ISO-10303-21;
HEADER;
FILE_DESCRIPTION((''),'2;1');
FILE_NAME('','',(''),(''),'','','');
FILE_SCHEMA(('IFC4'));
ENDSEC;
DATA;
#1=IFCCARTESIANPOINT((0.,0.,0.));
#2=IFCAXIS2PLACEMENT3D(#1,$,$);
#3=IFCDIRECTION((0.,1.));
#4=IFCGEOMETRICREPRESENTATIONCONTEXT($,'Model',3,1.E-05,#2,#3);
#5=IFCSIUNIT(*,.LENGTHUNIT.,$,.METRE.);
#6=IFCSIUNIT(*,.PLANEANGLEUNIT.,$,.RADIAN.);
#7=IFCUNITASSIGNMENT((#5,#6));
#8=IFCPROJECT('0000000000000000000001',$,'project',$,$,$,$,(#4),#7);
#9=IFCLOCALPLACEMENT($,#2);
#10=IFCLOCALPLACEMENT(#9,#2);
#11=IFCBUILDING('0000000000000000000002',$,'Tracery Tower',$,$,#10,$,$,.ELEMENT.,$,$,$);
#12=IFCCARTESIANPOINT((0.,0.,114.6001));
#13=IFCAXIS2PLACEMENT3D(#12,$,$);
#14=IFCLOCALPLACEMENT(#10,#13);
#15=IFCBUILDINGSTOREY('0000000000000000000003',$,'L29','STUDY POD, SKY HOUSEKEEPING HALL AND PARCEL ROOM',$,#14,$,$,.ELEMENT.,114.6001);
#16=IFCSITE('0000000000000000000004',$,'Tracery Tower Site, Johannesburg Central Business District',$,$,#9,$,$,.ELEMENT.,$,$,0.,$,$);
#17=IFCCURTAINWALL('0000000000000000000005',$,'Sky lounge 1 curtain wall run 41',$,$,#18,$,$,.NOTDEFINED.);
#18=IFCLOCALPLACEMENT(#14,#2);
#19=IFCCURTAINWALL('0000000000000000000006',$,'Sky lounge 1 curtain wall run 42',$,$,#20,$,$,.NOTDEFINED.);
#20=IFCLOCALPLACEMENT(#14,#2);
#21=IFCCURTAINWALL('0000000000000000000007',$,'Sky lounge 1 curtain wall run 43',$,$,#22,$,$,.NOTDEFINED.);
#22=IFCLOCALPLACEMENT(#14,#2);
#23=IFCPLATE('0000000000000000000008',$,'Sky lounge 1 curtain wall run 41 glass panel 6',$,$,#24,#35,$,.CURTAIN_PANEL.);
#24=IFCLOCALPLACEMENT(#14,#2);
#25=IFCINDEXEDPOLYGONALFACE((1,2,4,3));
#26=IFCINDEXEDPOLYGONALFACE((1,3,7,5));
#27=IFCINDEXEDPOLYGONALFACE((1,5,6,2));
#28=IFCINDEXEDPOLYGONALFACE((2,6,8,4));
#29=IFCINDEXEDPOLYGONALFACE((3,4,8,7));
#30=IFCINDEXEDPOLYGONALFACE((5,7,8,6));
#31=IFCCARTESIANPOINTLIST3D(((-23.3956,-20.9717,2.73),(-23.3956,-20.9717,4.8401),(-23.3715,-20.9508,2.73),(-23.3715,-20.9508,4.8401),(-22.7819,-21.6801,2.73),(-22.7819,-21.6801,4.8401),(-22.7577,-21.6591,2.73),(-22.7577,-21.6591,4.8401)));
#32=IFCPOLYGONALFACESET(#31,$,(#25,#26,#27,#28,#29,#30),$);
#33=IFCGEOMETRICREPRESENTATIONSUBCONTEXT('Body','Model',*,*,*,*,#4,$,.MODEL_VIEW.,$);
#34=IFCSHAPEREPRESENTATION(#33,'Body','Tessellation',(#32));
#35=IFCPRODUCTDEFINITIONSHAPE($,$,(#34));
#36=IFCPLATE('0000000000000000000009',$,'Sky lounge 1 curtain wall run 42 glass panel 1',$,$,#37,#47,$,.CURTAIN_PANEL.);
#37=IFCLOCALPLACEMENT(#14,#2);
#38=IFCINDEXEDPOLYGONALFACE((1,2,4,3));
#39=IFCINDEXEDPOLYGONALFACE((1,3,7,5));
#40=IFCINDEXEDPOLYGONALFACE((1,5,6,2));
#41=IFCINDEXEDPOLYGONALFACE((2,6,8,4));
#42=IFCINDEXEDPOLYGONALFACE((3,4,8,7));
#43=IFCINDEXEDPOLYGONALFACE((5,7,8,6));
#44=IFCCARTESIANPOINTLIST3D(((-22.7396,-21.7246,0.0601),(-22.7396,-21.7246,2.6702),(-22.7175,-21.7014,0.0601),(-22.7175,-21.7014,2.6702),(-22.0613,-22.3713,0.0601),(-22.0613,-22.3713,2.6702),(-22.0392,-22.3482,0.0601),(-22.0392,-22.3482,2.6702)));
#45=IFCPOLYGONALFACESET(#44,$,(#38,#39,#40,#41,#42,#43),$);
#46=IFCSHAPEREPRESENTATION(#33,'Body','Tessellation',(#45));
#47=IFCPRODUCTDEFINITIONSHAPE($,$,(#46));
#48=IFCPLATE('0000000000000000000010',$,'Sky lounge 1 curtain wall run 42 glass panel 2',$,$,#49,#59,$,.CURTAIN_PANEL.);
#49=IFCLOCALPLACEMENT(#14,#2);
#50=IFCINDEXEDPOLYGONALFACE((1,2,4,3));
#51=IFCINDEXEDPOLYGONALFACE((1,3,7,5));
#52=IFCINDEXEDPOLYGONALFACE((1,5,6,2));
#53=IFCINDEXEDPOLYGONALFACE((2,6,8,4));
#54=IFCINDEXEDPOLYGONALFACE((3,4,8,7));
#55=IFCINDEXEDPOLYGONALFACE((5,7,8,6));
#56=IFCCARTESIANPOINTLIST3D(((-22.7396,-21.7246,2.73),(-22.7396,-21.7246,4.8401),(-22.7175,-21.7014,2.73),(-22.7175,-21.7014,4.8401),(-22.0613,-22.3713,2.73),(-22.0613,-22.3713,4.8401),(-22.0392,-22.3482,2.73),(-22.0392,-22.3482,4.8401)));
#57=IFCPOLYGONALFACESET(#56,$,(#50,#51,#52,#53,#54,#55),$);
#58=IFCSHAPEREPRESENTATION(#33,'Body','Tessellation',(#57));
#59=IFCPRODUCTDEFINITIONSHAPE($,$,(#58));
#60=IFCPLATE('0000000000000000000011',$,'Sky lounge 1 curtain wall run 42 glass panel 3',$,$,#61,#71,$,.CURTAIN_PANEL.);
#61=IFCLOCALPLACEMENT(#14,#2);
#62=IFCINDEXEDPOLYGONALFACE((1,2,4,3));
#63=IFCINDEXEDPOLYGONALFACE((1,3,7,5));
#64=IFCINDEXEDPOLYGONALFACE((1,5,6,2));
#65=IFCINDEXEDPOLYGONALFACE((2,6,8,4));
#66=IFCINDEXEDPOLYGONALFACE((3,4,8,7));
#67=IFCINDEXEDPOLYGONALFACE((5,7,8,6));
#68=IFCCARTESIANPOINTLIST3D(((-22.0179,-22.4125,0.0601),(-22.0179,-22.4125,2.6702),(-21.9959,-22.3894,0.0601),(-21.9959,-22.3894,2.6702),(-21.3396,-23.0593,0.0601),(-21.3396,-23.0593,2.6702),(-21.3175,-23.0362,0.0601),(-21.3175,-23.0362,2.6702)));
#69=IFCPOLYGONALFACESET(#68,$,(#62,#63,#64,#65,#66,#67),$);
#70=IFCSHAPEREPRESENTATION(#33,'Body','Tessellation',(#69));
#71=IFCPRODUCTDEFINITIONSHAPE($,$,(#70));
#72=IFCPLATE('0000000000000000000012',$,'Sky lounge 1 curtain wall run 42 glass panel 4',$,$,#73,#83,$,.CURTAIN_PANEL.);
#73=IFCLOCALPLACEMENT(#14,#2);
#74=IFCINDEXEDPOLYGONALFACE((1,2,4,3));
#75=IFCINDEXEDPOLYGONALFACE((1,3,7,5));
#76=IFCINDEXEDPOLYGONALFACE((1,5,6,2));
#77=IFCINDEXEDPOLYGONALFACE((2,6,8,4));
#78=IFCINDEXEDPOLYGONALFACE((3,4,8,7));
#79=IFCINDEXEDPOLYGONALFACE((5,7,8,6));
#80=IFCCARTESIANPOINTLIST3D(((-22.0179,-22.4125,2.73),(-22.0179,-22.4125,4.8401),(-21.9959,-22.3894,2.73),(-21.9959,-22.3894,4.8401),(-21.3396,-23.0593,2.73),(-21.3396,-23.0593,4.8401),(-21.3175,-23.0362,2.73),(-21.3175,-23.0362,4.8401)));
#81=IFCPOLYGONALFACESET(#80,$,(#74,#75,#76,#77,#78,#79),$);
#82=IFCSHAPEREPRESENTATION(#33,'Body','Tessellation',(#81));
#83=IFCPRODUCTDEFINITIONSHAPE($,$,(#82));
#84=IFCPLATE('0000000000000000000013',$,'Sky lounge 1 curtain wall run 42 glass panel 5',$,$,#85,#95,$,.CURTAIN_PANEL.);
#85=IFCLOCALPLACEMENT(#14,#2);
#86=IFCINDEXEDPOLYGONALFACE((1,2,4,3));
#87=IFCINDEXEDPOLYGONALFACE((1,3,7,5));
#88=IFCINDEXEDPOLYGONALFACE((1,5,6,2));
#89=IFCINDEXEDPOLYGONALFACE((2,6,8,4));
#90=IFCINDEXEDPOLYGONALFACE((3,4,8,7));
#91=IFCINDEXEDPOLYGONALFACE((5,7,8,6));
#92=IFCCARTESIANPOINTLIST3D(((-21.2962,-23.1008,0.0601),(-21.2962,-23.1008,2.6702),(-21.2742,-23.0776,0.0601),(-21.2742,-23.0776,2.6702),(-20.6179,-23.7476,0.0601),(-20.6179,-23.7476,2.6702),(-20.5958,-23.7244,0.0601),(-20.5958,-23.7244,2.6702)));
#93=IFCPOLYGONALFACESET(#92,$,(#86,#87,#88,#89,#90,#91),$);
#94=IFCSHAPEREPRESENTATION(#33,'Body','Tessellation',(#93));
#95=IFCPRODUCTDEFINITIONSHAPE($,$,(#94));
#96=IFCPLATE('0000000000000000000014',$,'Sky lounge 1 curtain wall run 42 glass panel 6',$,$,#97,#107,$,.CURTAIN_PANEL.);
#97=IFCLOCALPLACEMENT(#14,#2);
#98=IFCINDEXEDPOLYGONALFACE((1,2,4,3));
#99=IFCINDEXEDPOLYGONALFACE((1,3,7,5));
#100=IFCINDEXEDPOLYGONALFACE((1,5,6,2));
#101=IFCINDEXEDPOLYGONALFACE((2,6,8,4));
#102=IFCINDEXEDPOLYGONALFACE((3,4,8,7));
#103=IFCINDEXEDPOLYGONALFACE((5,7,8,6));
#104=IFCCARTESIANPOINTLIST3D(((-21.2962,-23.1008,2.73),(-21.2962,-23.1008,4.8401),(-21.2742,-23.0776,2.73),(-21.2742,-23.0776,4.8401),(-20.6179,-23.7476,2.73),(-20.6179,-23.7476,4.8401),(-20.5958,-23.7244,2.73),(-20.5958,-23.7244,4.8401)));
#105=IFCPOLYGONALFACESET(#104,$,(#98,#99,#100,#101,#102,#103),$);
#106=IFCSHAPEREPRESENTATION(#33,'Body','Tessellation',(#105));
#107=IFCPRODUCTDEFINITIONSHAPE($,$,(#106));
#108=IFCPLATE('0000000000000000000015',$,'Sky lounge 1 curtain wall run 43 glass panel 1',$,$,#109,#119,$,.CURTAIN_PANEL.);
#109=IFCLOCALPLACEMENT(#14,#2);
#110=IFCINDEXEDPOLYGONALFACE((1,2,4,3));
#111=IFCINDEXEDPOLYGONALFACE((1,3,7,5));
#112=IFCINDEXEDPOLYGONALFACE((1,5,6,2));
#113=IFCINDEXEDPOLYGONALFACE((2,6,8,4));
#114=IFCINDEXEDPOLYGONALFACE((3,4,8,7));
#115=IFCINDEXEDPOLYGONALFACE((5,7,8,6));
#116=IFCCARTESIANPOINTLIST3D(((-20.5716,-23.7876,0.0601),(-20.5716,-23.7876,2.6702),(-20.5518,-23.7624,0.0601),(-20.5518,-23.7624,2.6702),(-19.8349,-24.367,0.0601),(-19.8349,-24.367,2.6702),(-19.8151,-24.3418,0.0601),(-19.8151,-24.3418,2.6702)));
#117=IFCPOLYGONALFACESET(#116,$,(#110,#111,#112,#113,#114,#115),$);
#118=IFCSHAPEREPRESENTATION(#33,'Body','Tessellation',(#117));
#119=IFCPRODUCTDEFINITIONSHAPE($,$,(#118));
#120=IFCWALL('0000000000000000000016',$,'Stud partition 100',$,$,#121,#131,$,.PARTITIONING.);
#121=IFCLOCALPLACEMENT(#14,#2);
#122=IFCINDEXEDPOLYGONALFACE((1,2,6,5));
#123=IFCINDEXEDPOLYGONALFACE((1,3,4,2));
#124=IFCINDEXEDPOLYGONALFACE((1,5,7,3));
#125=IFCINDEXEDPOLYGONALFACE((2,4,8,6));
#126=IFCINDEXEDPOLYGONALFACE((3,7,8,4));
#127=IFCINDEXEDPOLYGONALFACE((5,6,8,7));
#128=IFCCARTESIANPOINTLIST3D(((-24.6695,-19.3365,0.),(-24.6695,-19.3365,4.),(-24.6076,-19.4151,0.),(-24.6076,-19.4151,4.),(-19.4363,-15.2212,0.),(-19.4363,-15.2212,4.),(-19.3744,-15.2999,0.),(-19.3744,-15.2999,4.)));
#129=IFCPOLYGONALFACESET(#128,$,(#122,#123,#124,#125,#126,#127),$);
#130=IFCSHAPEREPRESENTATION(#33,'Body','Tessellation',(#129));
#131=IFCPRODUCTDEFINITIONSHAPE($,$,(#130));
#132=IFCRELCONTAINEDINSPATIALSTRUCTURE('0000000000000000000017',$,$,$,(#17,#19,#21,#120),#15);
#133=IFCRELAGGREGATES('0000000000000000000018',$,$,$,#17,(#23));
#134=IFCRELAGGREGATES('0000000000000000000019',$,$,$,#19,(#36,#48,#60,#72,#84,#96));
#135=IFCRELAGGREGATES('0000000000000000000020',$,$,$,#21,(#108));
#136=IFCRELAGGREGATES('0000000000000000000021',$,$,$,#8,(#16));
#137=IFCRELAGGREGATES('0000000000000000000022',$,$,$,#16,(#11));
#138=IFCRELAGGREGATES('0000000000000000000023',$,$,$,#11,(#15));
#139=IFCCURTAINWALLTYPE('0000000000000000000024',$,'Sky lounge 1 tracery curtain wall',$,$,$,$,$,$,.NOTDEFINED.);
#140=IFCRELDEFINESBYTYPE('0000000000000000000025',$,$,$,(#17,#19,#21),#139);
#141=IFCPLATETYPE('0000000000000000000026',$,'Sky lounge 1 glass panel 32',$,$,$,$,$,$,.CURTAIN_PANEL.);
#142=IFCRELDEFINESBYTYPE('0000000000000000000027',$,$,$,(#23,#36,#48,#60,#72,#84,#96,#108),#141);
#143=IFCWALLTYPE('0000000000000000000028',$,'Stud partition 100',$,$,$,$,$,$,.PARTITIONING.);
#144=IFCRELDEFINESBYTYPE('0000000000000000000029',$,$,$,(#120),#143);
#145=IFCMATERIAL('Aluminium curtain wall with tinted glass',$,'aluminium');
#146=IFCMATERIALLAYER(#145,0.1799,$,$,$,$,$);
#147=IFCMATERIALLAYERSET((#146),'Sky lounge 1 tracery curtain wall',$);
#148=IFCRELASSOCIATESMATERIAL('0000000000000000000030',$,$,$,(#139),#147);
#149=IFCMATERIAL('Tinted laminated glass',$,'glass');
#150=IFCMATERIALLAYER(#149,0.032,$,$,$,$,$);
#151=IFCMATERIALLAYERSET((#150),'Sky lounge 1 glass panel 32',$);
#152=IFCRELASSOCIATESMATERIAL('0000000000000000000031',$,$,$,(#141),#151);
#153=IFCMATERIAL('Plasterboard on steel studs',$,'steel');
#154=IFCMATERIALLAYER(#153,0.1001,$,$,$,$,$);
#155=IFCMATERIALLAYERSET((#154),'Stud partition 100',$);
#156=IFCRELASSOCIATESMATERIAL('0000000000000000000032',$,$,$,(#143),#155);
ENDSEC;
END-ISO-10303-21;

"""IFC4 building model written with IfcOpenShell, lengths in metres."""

from ifc_helpers import new_model, si_unit, direction, frame, frame_2d, origin, origin_2d, place, context, subcontext, project, spatial, rectangle, extrude, material, layer, layer_set, type_object, element, aggregate, save


model = new_model("IFC4")

# Units and contexts
model_context = context("Model", 3, precision=1e-05, world=origin(), true_north=direction((0.0, 1.0)))
body_context = subcontext(model_context, "Body", "Model", "MODEL_VIEW")
ifc_project = project(units=[si_unit("LENGTHUNIT", "METRE"), si_unit("PLANEANGLEUNIT", "RADIAN")], contexts=[model_context])

# Site, building, storey
site_placement = place(None, origin())
site = spatial("IfcSite", under=ifc_project, at=site_placement, Name="Tracery Tower Site, Johannesburg Central Business District", CompositionType="ELEMENT", RefElevation=0.0)
building_placement = place(site_placement, origin())
building = spatial("IfcBuilding", under=site, at=building_placement, Name="Tracery Tower", CompositionType="ELEMENT")
storey_placement = place(building_placement, frame((0.0, 0.0, 114.6001)))
storey = spatial("IfcBuildingStorey", under=building, at=storey_placement, Name="L29", Description="STUDY POD, SKY HOUSEKEEPING HALL AND PARCEL ROOM", CompositionType="ELEMENT", Elevation=114.6001)

# Curtain walls
ifc_material_1 = material(Name="Aluminium curtain wall with tinted glass", Category="aluminium")
ifc_layer_1 = layer(ifc_material_1, 0.1799)
ifc_layer_set_1 = layer_set([ifc_layer_1], Name="Sky lounge 1 tracery curtain wall")
curtain_wall_type = type_object("IfcCurtainWallType", Name="Sky lounge 1 tracery curtain wall", PredefinedType="NOTDEFINED", material=ifc_layer_set_1)
curtain_wall_1_placement = place(storey_placement, origin())
curtain_wall_1 = element("IfcCurtainWall", 1, at=curtain_wall_1_placement, inside=storey, type_object=curtain_wall_type, Name="Sky lounge 1 curtain wall run 41", PredefinedType="NOTDEFINED")
curtain_wall_2_placement = place(storey_placement, origin())
curtain_wall_2 = element("IfcCurtainWall", 2, at=curtain_wall_2_placement, inside=storey, type_object=curtain_wall_type, Name="Sky lounge 1 curtain wall run 42", PredefinedType="NOTDEFINED")

# Curtain wall
curtain_wall_3_placement = place(storey_placement, origin())
curtain_wall_3 = element("IfcCurtainWall", 3, at=curtain_wall_3_placement, inside=storey, type_object=curtain_wall_type, Name="Sky lounge 1 curtain wall run 43", PredefinedType="NOTDEFINED")

# Shared definitions
ifc_material_2 = material(Name="Tinted laminated glass", Category="glass")
ifc_layer_2 = layer(ifc_material_2, 0.032)
ifc_layer_set_2 = layer_set([ifc_layer_2], Name="Sky lounge 1 glass panel 32")
plate_type = type_object("IfcPlateType", Name="Sky lounge 1 glass panel 32", PredefinedType="CURTAIN_PANEL", material=ifc_layer_set_2)

# Plates
plate_1_placement = place(storey_placement, frame((-23.0767, -21.3154, 2.73), z_axis=(0.0, 0.0, 1.0), x_axis=(0.654861, -0.75575, 0.0)))
plate_1 = element("IfcPlate", 4, at=plate_1_placement, type_object=plate_type, Name="Sky lounge 1 curtain wall run 41 glass panel 6", PredefinedType="CURTAIN_PANEL", context=body_context, shape_type="SweptSolid", body=[
    extrude(rectangle(XDim=0.9373, YDim=0.032, at=origin_2d()), origin(), (0.0, 0.0, 1.0), 2.1101),
])
aggregate(curtain_wall_1, [plate_1])
plate_2_placement = place(storey_placement, frame((-22.3894, -22.0364, 0.0601), z_axis=(0.0, 0.0, 1.0), x_axis=(0.723734, -0.690079, 0.0)))
plate_2 = element("IfcPlate", 5, at=plate_2_placement, type_object=plate_type, Name="Sky lounge 1 curtain wall run 42 glass panel 1", PredefinedType="CURTAIN_PANEL", context=body_context, shape_type="SweptSolid", body=[
    extrude(rectangle(XDim=0.9373, YDim=0.032, at=origin_2d()), origin(), (0.0, 0.0, 1.0), 2.6101),
])
plate_3_placement = place(storey_placement, frame((-22.3894, -22.0364, 2.73), z_axis=(0.0, 0.0, 1.0), x_axis=(0.723734, -0.690079, 0.0)))
plate_3 = element("IfcPlate", 6, at=plate_3_placement, type_object=plate_type, Name="Sky lounge 1 curtain wall run 42 glass panel 2", PredefinedType="CURTAIN_PANEL", context=body_context, shape_type="SweptSolid", body=[
    extrude(rectangle(XDim=0.9373, YDim=0.032, at=origin_2d()), origin(), (0.0, 0.0, 1.0), 2.1101),
])
plate_4_placement = place(storey_placement, frame((-21.6677, -22.7244, 0.0601), z_axis=(0.0, 0.0, 1.0), x_axis=(0.723734, -0.690079, 0.0)))
plate_4 = element("IfcPlate", 7, at=plate_4_placement, type_object=plate_type, Name="Sky lounge 1 curtain wall run 42 glass panel 3", PredefinedType="CURTAIN_PANEL", context=body_context, shape_type="SweptSolid", body=[
    extrude(rectangle(XDim=0.9373, YDim=0.032, at=origin_2d()), origin(), (0.0, 0.0, 1.0), 2.6101),
])
plate_5_placement = place(storey_placement, frame((-21.6677, -22.7244, 2.73), z_axis=(0.0, 0.0, 1.0), x_axis=(0.723734, -0.690079, 0.0)))
plate_5 = element("IfcPlate", 8, at=plate_5_placement, type_object=plate_type, Name="Sky lounge 1 curtain wall run 42 glass panel 4", PredefinedType="CURTAIN_PANEL", context=body_context, shape_type="SweptSolid", body=[
    extrude(rectangle(XDim=0.9373, YDim=0.032, at=origin_2d()), origin(), (0.0, 0.0, 1.0), 2.1101),
])
plate_6_placement = place(storey_placement, frame((-20.946, -23.4126, 0.0601), z_axis=(0.0, 0.0, 1.0), x_axis=(0.723734, -0.690079, 0.0)))
plate_6 = element("IfcPlate", 9, at=plate_6_placement, type_object=plate_type, Name="Sky lounge 1 curtain wall run 42 glass panel 5", PredefinedType="CURTAIN_PANEL", context=body_context, shape_type="SweptSolid", body=[
    extrude(rectangle(XDim=0.9373, YDim=0.032, at=origin_2d()), origin(), (0.0, 0.0, 1.0), 2.6101),
])
plate_7_placement = place(storey_placement, frame((-20.946, -23.4126, 2.73), z_axis=(0.0, 0.0, 1.0), x_axis=(0.723734, -0.690079, 0.0)))
plate_7 = element("IfcPlate", 10, at=plate_7_placement, type_object=plate_type, Name="Sky lounge 1 curtain wall run 42 glass panel 6", PredefinedType="CURTAIN_PANEL", context=body_context, shape_type="SweptSolid", body=[
    extrude(rectangle(XDim=0.9373, YDim=0.032, at=origin_2d()), origin(), (0.0, 0.0, 1.0), 2.1101),
])
aggregate(curtain_wall_2, [plate_2, plate_3, plate_4, plate_5, plate_6, plate_7])
plate_8_placement = place(storey_placement, frame((-20.1934, -24.0647, 0.0601), z_axis=(0.0, 0.0, 1.0), x_axis=(0.786053, -0.618159, 0.0)))
plate_8 = element("IfcPlate", 11, at=plate_8_placement, type_object=plate_type, Name="Sky lounge 1 curtain wall run 43 glass panel 1", PredefinedType="CURTAIN_PANEL", context=body_context, shape_type="SweptSolid", body=[
    extrude(rectangle(XDim=0.9373, YDim=0.032, at=origin_2d()), origin(), (0.0, 0.0, 1.0), 2.6101),
])
aggregate(curtain_wall_3, [plate_8])

# Wall
ifc_material_3 = material(Name="Plasterboard on steel studs", Category="steel")
ifc_layer_3 = layer(ifc_material_3, 0.1001)
ifc_layer_set_3 = layer_set([ifc_layer_3], Name="Stud partition 100")
wall_type = type_object("IfcWallType", Name="Stud partition 100", PredefinedType="PARTITIONING", material=ifc_layer_set_3)
wall_placement = place(storey_placement, frame((-24.6384, -19.3757, 0.0), z_axis=(0.0, 0.0, 1.0), x_axis=(0.786065, 0.618144, 0.0)))
element("IfcWall", 12, at=wall_placement, inside=storey, type_object=wall_type, Name="Stud partition 100", PredefinedType="PARTITIONING", context=body_context, shape_type="SweptSolid", body=[
    extrude(rectangle(XDim=6.6575, YDim=0.1001, at=frame_2d((3.3286, 0.0))), origin(), (0.0, 0.0, 1.0), 4.0),
])

save(model, "model.ifc")
